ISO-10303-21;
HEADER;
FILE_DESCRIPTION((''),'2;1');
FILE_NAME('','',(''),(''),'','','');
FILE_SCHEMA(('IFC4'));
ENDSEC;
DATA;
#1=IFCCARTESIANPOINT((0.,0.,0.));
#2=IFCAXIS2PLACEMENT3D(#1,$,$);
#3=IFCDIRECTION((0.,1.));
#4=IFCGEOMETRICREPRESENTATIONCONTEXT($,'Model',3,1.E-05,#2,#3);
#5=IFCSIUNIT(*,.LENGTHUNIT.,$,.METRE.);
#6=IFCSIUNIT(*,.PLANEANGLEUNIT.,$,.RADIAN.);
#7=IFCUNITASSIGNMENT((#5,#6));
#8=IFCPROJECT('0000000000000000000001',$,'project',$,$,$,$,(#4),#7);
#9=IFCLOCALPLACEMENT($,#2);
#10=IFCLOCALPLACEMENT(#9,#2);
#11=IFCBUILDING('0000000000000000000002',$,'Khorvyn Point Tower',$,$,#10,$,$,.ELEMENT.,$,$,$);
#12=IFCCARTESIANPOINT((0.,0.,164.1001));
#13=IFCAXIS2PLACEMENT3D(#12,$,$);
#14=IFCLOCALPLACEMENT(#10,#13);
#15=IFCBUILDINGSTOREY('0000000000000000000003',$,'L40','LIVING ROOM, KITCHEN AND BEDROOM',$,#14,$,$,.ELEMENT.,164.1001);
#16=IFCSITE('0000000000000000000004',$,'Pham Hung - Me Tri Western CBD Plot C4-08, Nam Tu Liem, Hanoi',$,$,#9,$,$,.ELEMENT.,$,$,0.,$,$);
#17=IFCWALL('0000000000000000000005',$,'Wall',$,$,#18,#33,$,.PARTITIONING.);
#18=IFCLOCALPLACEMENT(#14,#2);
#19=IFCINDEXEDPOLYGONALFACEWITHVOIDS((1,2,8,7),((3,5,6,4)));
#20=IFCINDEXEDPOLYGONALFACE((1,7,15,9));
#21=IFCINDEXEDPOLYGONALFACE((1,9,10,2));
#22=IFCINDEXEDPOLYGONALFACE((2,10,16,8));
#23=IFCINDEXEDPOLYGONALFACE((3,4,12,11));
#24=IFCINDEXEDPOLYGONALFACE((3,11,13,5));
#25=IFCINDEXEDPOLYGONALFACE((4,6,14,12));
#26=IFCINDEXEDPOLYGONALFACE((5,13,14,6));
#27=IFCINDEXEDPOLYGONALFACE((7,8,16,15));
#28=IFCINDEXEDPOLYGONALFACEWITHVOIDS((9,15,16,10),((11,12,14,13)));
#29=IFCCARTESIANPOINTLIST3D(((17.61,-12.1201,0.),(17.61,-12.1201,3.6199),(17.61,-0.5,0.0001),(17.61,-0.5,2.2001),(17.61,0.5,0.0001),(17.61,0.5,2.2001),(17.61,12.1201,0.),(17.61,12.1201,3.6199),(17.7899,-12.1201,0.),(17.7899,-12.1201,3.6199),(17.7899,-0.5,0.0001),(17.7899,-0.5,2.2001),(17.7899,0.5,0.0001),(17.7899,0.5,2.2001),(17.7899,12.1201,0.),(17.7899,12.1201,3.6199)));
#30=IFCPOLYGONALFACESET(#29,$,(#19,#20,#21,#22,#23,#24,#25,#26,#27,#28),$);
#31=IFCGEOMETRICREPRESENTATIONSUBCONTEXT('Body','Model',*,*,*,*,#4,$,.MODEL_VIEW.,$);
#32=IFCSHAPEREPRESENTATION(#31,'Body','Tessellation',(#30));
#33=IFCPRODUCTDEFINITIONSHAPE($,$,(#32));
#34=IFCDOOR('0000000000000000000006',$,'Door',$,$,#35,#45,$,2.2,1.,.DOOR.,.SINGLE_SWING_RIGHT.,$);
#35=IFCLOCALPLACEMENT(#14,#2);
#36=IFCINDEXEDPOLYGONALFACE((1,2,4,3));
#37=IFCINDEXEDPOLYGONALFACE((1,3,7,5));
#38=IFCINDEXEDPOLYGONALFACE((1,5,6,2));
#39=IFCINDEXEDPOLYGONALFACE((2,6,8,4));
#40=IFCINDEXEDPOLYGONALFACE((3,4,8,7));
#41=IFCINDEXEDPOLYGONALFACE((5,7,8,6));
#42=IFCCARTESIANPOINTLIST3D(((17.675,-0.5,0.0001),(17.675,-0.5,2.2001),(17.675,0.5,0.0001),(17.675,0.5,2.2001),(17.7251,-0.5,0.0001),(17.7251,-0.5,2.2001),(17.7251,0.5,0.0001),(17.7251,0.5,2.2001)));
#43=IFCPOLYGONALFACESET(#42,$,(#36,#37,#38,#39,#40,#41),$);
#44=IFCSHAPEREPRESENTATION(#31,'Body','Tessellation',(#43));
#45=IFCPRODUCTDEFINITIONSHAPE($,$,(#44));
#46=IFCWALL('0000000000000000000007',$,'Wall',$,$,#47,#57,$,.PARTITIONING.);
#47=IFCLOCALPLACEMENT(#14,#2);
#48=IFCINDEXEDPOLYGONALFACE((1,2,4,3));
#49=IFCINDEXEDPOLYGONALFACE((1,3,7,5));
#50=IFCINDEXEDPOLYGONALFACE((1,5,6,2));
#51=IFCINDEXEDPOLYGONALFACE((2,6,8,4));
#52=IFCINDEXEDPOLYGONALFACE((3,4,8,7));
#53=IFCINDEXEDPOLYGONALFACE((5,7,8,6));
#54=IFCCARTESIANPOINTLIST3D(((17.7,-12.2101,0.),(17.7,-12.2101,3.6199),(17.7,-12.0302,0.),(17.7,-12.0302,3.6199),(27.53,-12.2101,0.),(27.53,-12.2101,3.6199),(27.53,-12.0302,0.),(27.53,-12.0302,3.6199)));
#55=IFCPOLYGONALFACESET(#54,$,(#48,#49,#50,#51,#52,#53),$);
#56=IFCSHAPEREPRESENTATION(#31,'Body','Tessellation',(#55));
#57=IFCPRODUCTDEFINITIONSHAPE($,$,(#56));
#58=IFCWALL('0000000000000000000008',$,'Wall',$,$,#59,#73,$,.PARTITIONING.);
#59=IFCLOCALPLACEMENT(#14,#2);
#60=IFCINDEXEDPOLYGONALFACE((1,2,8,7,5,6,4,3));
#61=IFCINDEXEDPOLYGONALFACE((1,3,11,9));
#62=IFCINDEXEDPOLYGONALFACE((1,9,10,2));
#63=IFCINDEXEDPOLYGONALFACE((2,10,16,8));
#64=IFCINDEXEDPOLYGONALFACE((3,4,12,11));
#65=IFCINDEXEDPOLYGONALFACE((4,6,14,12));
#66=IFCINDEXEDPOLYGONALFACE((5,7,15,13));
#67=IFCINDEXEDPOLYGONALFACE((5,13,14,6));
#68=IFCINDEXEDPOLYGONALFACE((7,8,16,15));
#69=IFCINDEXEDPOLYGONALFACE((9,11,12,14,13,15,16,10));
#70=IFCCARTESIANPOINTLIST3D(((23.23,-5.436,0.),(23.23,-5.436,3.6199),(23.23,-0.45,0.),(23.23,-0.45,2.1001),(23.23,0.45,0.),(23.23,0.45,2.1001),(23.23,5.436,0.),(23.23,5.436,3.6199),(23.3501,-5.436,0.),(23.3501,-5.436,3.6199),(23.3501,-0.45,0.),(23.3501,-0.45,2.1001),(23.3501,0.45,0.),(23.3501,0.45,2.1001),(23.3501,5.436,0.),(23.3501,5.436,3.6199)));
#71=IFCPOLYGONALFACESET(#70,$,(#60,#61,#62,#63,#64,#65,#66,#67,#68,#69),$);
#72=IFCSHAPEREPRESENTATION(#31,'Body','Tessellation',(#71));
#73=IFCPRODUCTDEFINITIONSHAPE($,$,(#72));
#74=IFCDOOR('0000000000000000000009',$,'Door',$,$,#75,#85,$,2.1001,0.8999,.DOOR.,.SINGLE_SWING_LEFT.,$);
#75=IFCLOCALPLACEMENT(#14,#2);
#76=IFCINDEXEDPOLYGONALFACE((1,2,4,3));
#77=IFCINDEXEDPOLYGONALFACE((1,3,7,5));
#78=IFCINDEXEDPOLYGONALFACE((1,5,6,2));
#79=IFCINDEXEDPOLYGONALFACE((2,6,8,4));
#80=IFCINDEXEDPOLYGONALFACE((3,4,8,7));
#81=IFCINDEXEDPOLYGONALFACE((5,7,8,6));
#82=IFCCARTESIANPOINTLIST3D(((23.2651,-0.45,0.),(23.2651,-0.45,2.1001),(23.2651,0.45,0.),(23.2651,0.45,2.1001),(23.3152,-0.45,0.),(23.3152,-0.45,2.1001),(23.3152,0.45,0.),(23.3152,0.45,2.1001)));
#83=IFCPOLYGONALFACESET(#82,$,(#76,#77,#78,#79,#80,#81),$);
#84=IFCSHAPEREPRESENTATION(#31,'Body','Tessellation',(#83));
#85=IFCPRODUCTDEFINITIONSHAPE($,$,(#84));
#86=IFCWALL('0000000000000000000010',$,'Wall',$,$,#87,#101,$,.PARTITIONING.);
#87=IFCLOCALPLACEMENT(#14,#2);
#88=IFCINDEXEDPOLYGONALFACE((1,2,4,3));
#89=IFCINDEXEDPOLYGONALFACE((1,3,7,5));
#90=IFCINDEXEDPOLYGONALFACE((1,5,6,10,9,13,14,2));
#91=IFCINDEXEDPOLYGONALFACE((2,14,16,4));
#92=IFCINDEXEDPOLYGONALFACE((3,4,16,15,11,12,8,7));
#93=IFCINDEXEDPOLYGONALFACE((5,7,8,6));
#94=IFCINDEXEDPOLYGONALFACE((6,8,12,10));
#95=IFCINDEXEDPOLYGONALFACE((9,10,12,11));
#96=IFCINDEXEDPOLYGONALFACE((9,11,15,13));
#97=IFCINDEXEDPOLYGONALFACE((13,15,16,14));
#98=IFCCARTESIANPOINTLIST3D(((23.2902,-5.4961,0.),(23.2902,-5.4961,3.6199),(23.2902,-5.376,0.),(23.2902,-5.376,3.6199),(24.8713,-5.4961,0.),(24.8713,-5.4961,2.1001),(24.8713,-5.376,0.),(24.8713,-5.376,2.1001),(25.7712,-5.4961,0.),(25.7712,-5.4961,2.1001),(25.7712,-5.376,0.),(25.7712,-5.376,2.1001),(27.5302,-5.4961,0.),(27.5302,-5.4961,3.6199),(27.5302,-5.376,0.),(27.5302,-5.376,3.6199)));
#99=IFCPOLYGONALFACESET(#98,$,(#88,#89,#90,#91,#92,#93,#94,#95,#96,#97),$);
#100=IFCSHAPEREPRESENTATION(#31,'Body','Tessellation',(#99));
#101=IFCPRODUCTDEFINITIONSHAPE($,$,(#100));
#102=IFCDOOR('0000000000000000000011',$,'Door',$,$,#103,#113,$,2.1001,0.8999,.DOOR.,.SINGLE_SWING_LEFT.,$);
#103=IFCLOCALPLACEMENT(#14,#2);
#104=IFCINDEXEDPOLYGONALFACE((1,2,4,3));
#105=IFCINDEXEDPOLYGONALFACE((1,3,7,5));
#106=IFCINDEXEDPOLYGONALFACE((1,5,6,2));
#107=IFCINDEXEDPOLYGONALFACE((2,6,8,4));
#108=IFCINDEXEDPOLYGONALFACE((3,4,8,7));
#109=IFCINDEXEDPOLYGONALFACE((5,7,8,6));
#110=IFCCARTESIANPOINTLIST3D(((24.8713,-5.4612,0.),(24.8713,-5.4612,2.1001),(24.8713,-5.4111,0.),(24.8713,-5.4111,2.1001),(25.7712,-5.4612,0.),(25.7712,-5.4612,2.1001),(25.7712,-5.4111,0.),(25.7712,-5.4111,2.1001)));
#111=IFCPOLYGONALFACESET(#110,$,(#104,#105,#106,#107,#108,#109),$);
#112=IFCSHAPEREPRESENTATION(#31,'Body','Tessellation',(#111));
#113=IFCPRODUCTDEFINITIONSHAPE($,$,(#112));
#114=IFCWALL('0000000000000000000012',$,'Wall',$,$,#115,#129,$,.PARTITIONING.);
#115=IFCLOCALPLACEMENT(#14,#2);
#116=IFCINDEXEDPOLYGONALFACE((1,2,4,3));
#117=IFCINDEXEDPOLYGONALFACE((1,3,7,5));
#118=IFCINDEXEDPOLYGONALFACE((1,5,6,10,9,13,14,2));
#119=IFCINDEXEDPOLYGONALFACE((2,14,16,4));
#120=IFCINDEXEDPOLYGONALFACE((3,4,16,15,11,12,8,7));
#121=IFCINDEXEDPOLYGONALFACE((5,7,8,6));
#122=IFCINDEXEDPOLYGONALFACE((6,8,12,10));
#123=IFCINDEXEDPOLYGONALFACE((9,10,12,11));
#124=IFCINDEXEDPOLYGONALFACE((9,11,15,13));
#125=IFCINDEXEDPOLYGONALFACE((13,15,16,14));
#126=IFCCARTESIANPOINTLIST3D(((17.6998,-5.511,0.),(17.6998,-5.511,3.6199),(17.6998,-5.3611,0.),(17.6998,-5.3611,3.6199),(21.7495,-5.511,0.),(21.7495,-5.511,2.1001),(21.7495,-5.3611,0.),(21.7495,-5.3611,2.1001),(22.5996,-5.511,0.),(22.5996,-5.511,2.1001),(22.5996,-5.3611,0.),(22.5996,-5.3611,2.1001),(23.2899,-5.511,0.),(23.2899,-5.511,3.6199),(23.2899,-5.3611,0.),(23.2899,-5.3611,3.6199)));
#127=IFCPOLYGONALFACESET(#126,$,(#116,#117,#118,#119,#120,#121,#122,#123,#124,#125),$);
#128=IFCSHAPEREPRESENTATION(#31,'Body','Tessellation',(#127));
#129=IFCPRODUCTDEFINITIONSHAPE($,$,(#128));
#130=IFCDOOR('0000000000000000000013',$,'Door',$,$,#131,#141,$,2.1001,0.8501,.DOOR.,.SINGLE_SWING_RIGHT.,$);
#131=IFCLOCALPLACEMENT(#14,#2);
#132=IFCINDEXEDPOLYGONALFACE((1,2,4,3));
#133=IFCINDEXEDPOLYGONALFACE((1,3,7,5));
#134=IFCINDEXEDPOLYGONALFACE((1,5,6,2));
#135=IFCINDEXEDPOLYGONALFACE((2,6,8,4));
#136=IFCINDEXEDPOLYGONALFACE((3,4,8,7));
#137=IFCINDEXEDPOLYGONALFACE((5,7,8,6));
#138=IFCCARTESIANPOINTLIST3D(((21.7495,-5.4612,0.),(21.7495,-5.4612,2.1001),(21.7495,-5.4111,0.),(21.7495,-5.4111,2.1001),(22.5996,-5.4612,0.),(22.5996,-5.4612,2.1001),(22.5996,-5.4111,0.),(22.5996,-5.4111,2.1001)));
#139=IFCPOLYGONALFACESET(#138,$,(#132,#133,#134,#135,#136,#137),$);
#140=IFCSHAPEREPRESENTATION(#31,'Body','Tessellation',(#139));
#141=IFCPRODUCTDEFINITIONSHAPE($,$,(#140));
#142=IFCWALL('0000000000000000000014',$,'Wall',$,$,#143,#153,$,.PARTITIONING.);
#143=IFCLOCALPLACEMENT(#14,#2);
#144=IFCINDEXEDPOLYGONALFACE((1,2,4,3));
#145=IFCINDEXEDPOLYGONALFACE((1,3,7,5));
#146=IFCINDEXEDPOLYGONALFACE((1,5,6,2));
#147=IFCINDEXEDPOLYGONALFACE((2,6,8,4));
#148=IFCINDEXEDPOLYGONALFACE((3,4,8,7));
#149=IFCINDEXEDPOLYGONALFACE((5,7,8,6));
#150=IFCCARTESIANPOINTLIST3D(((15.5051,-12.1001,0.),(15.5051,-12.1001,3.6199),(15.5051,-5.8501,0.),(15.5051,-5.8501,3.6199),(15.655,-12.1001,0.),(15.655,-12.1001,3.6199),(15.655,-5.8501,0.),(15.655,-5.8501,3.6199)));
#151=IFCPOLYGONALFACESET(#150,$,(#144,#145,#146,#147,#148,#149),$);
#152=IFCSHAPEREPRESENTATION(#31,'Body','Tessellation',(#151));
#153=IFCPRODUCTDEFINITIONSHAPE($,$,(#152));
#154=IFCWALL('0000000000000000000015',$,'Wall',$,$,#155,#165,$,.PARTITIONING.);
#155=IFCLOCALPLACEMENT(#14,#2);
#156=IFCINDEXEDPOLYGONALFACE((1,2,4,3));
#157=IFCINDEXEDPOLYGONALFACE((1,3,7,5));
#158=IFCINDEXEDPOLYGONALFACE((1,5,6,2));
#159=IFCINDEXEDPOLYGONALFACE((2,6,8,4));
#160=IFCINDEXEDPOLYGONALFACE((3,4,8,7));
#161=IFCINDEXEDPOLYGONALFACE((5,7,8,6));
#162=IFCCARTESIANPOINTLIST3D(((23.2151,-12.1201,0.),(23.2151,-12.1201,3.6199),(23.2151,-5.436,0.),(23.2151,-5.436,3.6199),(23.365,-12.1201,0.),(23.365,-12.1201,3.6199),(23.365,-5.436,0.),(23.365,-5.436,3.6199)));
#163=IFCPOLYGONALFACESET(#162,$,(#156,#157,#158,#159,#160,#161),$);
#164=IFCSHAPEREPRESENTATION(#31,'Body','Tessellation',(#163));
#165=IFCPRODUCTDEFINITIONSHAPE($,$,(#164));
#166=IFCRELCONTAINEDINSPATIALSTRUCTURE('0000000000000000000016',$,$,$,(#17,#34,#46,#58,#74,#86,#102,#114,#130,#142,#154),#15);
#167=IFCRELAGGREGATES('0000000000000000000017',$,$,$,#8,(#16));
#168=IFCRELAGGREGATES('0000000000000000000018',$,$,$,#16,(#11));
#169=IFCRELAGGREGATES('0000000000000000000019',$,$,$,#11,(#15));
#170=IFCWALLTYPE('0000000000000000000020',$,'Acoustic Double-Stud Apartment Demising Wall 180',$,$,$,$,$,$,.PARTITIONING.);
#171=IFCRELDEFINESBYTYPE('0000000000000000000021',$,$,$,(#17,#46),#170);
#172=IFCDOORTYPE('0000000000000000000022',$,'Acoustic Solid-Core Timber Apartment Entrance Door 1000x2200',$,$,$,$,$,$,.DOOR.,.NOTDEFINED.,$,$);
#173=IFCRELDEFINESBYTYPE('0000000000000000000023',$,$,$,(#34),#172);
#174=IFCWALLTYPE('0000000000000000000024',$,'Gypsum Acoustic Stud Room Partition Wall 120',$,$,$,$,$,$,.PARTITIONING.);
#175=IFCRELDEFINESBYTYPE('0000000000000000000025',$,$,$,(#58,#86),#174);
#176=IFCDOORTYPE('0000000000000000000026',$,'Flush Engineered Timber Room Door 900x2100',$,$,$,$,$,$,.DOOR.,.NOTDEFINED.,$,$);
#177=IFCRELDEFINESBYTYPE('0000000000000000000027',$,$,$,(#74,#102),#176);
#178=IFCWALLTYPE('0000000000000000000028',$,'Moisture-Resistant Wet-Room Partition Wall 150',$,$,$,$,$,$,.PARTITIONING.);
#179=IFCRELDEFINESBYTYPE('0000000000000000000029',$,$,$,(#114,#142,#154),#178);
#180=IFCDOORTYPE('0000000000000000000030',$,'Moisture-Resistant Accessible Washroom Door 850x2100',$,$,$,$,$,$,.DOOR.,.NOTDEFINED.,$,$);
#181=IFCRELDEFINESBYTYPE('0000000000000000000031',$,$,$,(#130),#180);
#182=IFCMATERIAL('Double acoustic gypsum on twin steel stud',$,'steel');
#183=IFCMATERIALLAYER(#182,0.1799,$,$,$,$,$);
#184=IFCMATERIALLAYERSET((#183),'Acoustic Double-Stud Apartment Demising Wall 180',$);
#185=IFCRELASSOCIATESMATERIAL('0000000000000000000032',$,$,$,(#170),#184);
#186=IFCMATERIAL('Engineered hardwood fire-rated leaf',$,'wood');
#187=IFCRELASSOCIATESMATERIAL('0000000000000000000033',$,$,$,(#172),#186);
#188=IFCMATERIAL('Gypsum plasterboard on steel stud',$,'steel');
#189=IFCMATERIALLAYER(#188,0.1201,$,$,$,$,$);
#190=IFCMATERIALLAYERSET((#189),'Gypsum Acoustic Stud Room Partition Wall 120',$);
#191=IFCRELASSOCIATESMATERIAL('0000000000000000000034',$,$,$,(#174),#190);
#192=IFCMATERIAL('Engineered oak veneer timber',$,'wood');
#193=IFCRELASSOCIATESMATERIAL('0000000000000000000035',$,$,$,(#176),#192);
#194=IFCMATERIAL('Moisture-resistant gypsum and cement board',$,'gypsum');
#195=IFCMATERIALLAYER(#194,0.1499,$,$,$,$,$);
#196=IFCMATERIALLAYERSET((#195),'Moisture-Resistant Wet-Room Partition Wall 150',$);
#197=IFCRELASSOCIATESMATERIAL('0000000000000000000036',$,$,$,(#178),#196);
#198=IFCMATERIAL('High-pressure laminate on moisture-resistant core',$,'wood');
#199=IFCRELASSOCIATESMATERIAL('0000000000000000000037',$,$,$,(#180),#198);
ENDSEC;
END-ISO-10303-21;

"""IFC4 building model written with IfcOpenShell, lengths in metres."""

from ifc_helpers import new_model, si_unit, direction, frame, frame_2d, origin, place, context, subcontext, project, spatial, rectangle, extrude, material, layer, layer_set, type_object, element, fill, save


model = new_model("IFC4")

# Units and contexts
model_context = context("Model", 3, precision=1e-05, world=origin(), true_north=direction((0.0, 1.0)))
body_context = subcontext(model_context, "Body", "Model", "MODEL_VIEW")
ifc_project = project(units=[si_unit("LENGTHUNIT", "METRE"), si_unit("PLANEANGLEUNIT", "RADIAN")], contexts=[model_context])

# Site, building, storey
site_placement = place(None, origin())
site = spatial("IfcSite", under=ifc_project, at=site_placement, Name="Pham Hung - Me Tri Western CBD Plot C4-08, Nam Tu Liem, Hanoi", CompositionType="ELEMENT", RefElevation=0.0)
building_placement = place(site_placement, origin())
building = spatial("IfcBuilding", under=site, at=building_placement, Name="Khorvyn Point Tower", CompositionType="ELEMENT")
storey_placement = place(building_placement, frame((0.0, 0.0, 164.1001)))
storey = spatial("IfcBuildingStorey", under=building, at=storey_placement, Name="L40", Description="LIVING ROOM, KITCHEN AND BEDROOM", CompositionType="ELEMENT", Elevation=164.1001)

# Wall, opening, door
ifc_material_1 = material(Name="Double acoustic gypsum on twin steel stud", Category="steel")
ifc_layer_1 = layer(ifc_material_1, 0.1799)
ifc_layer_set_1 = layer_set([ifc_layer_1], Name="Acoustic Double-Stud Apartment Demising Wall 180")
wall_type_1 = type_object("IfcWallType", Name="Acoustic Double-Stud Apartment Demising Wall 180", PredefinedType="PARTITIONING", material=ifc_layer_set_1)
wall_1_placement = place(storey_placement, frame((17.7, -12.1201, 0.0), z_axis=(0.0, 0.0, 1.0), x_axis=(0.0, 1.0, 0.0)))
wall_1 = element("IfcWall", 1, at=wall_1_placement, inside=storey, type_object=wall_type_1, Name="Wall", PredefinedType="PARTITIONING", context=body_context, shape_type="SweptSolid", body=[
    extrude(rectangle(XDim=24.2402, YDim=0.1799, at=frame_2d((12.1201, 0.0))), origin(), (0.0, 0.0, 1.0), 3.6199),
])
opening_1_placement = place(wall_1_placement, frame((11.6201, 0.0, 0.0)))
opening_1 = element("IfcOpeningElement", 2, at=opening_1_placement, cuts=wall_1, PredefinedType="OPENING", context=body_context, shape_type="SweptSolid", body=[
    extrude(rectangle(XDim=1.0, YDim=2.2, at=frame_2d((0.5, 1.1001))), frame((0.0, 0.0999, 0.0), z_axis=(0.0, -1.0, 0.0), x_axis=(1.0, 0.0, 0.0)), (0.0, 0.0, 1.0), 0.2),
])
ifc_material_2 = material(Name="Engineered hardwood fire-rated leaf", Category="wood")
door_type_1 = type_object("IfcDoorType", Name="Acoustic Solid-Core Timber Apartment Entrance Door 1000x2200", OperationType="NOTDEFINED", PredefinedType="DOOR", material=ifc_material_2)
door_1_placement = place(opening_1_placement, origin())
door_1 = element("IfcDoor", 3, at=door_1_placement, inside=storey, type_object=door_type_1, Name="Door", OperationType="SINGLE_SWING_RIGHT", OverallHeight=2.2, OverallWidth=1.0, PredefinedType="DOOR", context=body_context, shape_type="SweptSolid", body=[
    extrude(rectangle(XDim=1.0, YDim=2.2, at=frame_2d((0.5, 1.1001))), frame((0.0, 0.0249, 0.0), z_axis=(0.0, -1.0, 0.0), x_axis=(1.0, 0.0, 0.0)), (0.0, 0.0, 1.0), 0.05),
])
fill(opening_1, door_1)

# Wall
wall_2_placement = place(storey_placement, frame((17.7, -12.1201, 0.0), z_axis=(0.0, 0.0, 1.0), x_axis=(1.0, 0.0, 0.0)))
element("IfcWall", 4, at=wall_2_placement, inside=storey, type_object=wall_type_1, Name="Wall", PredefinedType="PARTITIONING", context=body_context, shape_type="SweptSolid", body=[
    extrude(rectangle(XDim=9.8301, YDim=0.1799, at=frame_2d((4.915, 0.0))), origin(), (0.0, 0.0, 1.0), 3.6199),
])

# Walls, openings, doors
ifc_material_3 = material(Name="Gypsum plasterboard on steel stud", Category="steel")
ifc_layer_2 = layer(ifc_material_3, 0.1201)
ifc_layer_set_2 = layer_set([ifc_layer_2], Name="Gypsum Acoustic Stud Room Partition Wall 120")
wall_type_2 = type_object("IfcWallType", Name="Gypsum Acoustic Stud Room Partition Wall 120", PredefinedType="PARTITIONING", material=ifc_layer_set_2)
wall_3_placement = place(storey_placement, frame((23.29, -5.436, 0.0), z_axis=(0.0, 0.0, 1.0), x_axis=(0.0, 1.0, 0.0)))
wall_3 = element("IfcWall", 5, at=wall_3_placement, inside=storey, type_object=wall_type_2, Name="Wall", PredefinedType="PARTITIONING", context=body_context, shape_type="SweptSolid", body=[
    extrude(rectangle(XDim=10.8721, YDim=0.1201, at=frame_2d((5.436, 0.0))), origin(), (0.0, 0.0, 1.0), 3.6199),
])
opening_2_placement = place(wall_3_placement, frame((4.9861, 0.0, 0.0)))
opening_2 = element("IfcOpeningElement", 6, at=opening_2_placement, cuts=wall_3, PredefinedType="OPENING", context=body_context, shape_type="SweptSolid", body=[
    extrude(rectangle(XDim=0.8999, YDim=2.1001, at=frame_2d((0.45, 1.05))), frame((0.0, 0.0701, 0.0), z_axis=(0.0, -1.0, 0.0), x_axis=(1.0, 0.0, 0.0)), (0.0, 0.0, 1.0), 0.1401),
])
ifc_material_4 = material(Name="Engineered oak veneer timber", Category="wood")
door_type_2 = type_object("IfcDoorType", Name="Flush Engineered Timber Room Door 900x2100", OperationType="NOTDEFINED", PredefinedType="DOOR", material=ifc_material_4)
door_2_placement = place(opening_2_placement, origin())
door_2 = element("IfcDoor", 7, at=door_2_placement, inside=storey, type_object=door_type_2, Name="Door", OperationType="SINGLE_SWING_LEFT", OverallHeight=2.1001, OverallWidth=0.8999, PredefinedType="DOOR", context=body_context, shape_type="SweptSolid", body=[
    extrude(rectangle(XDim=0.8999, YDim=2.1001, at=frame_2d((0.45, 1.05))), frame((0.0, 0.0249, 0.0), z_axis=(0.0, -1.0, 0.0), x_axis=(1.0, 0.0, 0.0)), (0.0, 0.0, 1.0), 0.05),
])
fill(opening_2, door_2)
wall_4_placement = place(storey_placement, frame((23.29, -5.436, 0.0), z_axis=(0.0, 0.0, 1.0), x_axis=(1.0, 0.0, 0.0)))
wall_4 = element("IfcWall", 8, at=wall_4_placement, inside=storey, type_object=wall_type_2, Name="Wall", PredefinedType="PARTITIONING", context=body_context, shape_type="SweptSolid", body=[
    extrude(rectangle(XDim=4.24, YDim=0.1201, at=frame_2d((2.1201, 0.0))), origin(), (0.0, 0.0, 1.0), 3.6199),
])
opening_3_placement = place(wall_4_placement, frame((1.5813, 0.0, 0.0)))
opening_3 = element("IfcOpeningElement", 9, at=opening_3_placement, cuts=wall_4, PredefinedType="OPENING", context=body_context, shape_type="SweptSolid", body=[
    extrude(rectangle(XDim=0.8999, YDim=2.1001, at=frame_2d((0.45, 1.05))), frame((0.0, 0.0701, 0.0), z_axis=(0.0, -1.0, 0.0), x_axis=(1.0, 0.0, 0.0)), (0.0, 0.0, 1.0), 0.1401),
])
door_3_placement = place(opening_3_placement, origin())
door_3 = element("IfcDoor", 10, at=door_3_placement, inside=storey, type_object=door_type_2, Name="Door", OperationType="SINGLE_SWING_LEFT", OverallHeight=2.1001, OverallWidth=0.8999, PredefinedType="DOOR", context=body_context, shape_type="SweptSolid", body=[
    extrude(rectangle(XDim=0.8999, YDim=2.1001, at=frame_2d((0.45, 1.05))), frame((0.0, 0.0249, 0.0), z_axis=(0.0, -1.0, 0.0), x_axis=(1.0, 0.0, 0.0)), (0.0, 0.0, 1.0), 0.05),
])
fill(opening_3, door_3)
ifc_material_5 = material(Name="Moisture-resistant gypsum and cement board", Category="gypsum")
ifc_layer_3 = layer(ifc_material_5, 0.1499)
ifc_layer_set_3 = layer_set([ifc_layer_3], Name="Moisture-Resistant Wet-Room Partition Wall 150")
wall_type_3 = type_object("IfcWallType", Name="Moisture-Resistant Wet-Room Partition Wall 150", PredefinedType="PARTITIONING", material=ifc_layer_set_3)
wall_5_placement = place(storey_placement, frame((17.7, -5.436, 0.0), z_axis=(0.0, 0.0, 1.0), x_axis=(1.0, 0.0, 0.0)))
wall_5 = element("IfcWall", 11, at=wall_5_placement, inside=storey, type_object=wall_type_3, Name="Wall", PredefinedType="PARTITIONING", context=body_context, shape_type="SweptSolid", body=[
    extrude(rectangle(XDim=5.5901, YDim=0.1499, at=frame_2d((2.7949, 0.0))), origin(), (0.0, 0.0, 1.0), 3.6199),
])
opening_4_placement = place(wall_5_placement, frame((4.0496, 0.0, 0.0)))
opening_4 = element("IfcOpeningElement", 12, at=opening_4_placement, cuts=wall_5, PredefinedType="OPENING", context=body_context, shape_type="SweptSolid", body=[
    extrude(rectangle(XDim=0.8501, YDim=2.1001, at=frame_2d((0.425, 1.05))), frame((0.0, 0.085, 0.0), z_axis=(0.0, -1.0, 0.0), x_axis=(1.0, 0.0, 0.0)), (0.0, 0.0, 1.0), 0.1699),
])
ifc_material_6 = material(Name="High-pressure laminate on moisture-resistant core", Category="wood")
door_type_3 = type_object("IfcDoorType", Name="Moisture-Resistant Accessible Washroom Door 850x2100", OperationType="NOTDEFINED", PredefinedType="DOOR", material=ifc_material_6)
door_4_placement = place(opening_4_placement, origin())
door_4 = element("IfcDoor", 13, at=door_4_placement, inside=storey, type_object=door_type_3, Name="Door", OperationType="SINGLE_SWING_RIGHT", OverallHeight=2.1001, OverallWidth=0.8501, PredefinedType="DOOR", context=body_context, shape_type="SweptSolid", body=[
    extrude(rectangle(XDim=0.8501, YDim=2.1001, at=frame_2d((0.425, 1.05))), frame((0.0, 0.0249, 0.0), z_axis=(0.0, -1.0, 0.0), x_axis=(1.0, 0.0, 0.0)), (0.0, 0.0, 1.0), 0.05),
])
fill(opening_4, door_4)

# Walls
wall_6_placement = place(storey_placement, frame((15.5801, -12.1001, 0.0), z_axis=(0.0, 0.0, 1.0), x_axis=(0.0, 1.0, 0.0)))
element("IfcWall", 14, at=wall_6_placement, inside=storey, type_object=wall_type_3, Name="Wall", PredefinedType="PARTITIONING", context=body_context, shape_type="SweptSolid", body=[
    extrude(rectangle(XDim=6.25, YDim=0.1499, at=frame_2d((3.125, 0.0))), origin(), (0.0, 0.0, 1.0), 3.6199),
])
wall_7_placement = place(storey_placement, frame((23.29, -12.1201, 0.0), z_axis=(0.0, 0.0, 1.0), x_axis=(0.0, 1.0, 0.0)))
element("IfcWall", 15, at=wall_7_placement, inside=storey, type_object=wall_type_3, Name="Wall", PredefinedType="PARTITIONING", context=body_context, shape_type="SweptSolid", body=[
    extrude(rectangle(XDim=6.6841, YDim=0.1499, at=frame_2d((3.342, 0.0))), origin(), (0.0, 0.0, 1.0), 3.6199),
])

save(model, "model.ifc")
